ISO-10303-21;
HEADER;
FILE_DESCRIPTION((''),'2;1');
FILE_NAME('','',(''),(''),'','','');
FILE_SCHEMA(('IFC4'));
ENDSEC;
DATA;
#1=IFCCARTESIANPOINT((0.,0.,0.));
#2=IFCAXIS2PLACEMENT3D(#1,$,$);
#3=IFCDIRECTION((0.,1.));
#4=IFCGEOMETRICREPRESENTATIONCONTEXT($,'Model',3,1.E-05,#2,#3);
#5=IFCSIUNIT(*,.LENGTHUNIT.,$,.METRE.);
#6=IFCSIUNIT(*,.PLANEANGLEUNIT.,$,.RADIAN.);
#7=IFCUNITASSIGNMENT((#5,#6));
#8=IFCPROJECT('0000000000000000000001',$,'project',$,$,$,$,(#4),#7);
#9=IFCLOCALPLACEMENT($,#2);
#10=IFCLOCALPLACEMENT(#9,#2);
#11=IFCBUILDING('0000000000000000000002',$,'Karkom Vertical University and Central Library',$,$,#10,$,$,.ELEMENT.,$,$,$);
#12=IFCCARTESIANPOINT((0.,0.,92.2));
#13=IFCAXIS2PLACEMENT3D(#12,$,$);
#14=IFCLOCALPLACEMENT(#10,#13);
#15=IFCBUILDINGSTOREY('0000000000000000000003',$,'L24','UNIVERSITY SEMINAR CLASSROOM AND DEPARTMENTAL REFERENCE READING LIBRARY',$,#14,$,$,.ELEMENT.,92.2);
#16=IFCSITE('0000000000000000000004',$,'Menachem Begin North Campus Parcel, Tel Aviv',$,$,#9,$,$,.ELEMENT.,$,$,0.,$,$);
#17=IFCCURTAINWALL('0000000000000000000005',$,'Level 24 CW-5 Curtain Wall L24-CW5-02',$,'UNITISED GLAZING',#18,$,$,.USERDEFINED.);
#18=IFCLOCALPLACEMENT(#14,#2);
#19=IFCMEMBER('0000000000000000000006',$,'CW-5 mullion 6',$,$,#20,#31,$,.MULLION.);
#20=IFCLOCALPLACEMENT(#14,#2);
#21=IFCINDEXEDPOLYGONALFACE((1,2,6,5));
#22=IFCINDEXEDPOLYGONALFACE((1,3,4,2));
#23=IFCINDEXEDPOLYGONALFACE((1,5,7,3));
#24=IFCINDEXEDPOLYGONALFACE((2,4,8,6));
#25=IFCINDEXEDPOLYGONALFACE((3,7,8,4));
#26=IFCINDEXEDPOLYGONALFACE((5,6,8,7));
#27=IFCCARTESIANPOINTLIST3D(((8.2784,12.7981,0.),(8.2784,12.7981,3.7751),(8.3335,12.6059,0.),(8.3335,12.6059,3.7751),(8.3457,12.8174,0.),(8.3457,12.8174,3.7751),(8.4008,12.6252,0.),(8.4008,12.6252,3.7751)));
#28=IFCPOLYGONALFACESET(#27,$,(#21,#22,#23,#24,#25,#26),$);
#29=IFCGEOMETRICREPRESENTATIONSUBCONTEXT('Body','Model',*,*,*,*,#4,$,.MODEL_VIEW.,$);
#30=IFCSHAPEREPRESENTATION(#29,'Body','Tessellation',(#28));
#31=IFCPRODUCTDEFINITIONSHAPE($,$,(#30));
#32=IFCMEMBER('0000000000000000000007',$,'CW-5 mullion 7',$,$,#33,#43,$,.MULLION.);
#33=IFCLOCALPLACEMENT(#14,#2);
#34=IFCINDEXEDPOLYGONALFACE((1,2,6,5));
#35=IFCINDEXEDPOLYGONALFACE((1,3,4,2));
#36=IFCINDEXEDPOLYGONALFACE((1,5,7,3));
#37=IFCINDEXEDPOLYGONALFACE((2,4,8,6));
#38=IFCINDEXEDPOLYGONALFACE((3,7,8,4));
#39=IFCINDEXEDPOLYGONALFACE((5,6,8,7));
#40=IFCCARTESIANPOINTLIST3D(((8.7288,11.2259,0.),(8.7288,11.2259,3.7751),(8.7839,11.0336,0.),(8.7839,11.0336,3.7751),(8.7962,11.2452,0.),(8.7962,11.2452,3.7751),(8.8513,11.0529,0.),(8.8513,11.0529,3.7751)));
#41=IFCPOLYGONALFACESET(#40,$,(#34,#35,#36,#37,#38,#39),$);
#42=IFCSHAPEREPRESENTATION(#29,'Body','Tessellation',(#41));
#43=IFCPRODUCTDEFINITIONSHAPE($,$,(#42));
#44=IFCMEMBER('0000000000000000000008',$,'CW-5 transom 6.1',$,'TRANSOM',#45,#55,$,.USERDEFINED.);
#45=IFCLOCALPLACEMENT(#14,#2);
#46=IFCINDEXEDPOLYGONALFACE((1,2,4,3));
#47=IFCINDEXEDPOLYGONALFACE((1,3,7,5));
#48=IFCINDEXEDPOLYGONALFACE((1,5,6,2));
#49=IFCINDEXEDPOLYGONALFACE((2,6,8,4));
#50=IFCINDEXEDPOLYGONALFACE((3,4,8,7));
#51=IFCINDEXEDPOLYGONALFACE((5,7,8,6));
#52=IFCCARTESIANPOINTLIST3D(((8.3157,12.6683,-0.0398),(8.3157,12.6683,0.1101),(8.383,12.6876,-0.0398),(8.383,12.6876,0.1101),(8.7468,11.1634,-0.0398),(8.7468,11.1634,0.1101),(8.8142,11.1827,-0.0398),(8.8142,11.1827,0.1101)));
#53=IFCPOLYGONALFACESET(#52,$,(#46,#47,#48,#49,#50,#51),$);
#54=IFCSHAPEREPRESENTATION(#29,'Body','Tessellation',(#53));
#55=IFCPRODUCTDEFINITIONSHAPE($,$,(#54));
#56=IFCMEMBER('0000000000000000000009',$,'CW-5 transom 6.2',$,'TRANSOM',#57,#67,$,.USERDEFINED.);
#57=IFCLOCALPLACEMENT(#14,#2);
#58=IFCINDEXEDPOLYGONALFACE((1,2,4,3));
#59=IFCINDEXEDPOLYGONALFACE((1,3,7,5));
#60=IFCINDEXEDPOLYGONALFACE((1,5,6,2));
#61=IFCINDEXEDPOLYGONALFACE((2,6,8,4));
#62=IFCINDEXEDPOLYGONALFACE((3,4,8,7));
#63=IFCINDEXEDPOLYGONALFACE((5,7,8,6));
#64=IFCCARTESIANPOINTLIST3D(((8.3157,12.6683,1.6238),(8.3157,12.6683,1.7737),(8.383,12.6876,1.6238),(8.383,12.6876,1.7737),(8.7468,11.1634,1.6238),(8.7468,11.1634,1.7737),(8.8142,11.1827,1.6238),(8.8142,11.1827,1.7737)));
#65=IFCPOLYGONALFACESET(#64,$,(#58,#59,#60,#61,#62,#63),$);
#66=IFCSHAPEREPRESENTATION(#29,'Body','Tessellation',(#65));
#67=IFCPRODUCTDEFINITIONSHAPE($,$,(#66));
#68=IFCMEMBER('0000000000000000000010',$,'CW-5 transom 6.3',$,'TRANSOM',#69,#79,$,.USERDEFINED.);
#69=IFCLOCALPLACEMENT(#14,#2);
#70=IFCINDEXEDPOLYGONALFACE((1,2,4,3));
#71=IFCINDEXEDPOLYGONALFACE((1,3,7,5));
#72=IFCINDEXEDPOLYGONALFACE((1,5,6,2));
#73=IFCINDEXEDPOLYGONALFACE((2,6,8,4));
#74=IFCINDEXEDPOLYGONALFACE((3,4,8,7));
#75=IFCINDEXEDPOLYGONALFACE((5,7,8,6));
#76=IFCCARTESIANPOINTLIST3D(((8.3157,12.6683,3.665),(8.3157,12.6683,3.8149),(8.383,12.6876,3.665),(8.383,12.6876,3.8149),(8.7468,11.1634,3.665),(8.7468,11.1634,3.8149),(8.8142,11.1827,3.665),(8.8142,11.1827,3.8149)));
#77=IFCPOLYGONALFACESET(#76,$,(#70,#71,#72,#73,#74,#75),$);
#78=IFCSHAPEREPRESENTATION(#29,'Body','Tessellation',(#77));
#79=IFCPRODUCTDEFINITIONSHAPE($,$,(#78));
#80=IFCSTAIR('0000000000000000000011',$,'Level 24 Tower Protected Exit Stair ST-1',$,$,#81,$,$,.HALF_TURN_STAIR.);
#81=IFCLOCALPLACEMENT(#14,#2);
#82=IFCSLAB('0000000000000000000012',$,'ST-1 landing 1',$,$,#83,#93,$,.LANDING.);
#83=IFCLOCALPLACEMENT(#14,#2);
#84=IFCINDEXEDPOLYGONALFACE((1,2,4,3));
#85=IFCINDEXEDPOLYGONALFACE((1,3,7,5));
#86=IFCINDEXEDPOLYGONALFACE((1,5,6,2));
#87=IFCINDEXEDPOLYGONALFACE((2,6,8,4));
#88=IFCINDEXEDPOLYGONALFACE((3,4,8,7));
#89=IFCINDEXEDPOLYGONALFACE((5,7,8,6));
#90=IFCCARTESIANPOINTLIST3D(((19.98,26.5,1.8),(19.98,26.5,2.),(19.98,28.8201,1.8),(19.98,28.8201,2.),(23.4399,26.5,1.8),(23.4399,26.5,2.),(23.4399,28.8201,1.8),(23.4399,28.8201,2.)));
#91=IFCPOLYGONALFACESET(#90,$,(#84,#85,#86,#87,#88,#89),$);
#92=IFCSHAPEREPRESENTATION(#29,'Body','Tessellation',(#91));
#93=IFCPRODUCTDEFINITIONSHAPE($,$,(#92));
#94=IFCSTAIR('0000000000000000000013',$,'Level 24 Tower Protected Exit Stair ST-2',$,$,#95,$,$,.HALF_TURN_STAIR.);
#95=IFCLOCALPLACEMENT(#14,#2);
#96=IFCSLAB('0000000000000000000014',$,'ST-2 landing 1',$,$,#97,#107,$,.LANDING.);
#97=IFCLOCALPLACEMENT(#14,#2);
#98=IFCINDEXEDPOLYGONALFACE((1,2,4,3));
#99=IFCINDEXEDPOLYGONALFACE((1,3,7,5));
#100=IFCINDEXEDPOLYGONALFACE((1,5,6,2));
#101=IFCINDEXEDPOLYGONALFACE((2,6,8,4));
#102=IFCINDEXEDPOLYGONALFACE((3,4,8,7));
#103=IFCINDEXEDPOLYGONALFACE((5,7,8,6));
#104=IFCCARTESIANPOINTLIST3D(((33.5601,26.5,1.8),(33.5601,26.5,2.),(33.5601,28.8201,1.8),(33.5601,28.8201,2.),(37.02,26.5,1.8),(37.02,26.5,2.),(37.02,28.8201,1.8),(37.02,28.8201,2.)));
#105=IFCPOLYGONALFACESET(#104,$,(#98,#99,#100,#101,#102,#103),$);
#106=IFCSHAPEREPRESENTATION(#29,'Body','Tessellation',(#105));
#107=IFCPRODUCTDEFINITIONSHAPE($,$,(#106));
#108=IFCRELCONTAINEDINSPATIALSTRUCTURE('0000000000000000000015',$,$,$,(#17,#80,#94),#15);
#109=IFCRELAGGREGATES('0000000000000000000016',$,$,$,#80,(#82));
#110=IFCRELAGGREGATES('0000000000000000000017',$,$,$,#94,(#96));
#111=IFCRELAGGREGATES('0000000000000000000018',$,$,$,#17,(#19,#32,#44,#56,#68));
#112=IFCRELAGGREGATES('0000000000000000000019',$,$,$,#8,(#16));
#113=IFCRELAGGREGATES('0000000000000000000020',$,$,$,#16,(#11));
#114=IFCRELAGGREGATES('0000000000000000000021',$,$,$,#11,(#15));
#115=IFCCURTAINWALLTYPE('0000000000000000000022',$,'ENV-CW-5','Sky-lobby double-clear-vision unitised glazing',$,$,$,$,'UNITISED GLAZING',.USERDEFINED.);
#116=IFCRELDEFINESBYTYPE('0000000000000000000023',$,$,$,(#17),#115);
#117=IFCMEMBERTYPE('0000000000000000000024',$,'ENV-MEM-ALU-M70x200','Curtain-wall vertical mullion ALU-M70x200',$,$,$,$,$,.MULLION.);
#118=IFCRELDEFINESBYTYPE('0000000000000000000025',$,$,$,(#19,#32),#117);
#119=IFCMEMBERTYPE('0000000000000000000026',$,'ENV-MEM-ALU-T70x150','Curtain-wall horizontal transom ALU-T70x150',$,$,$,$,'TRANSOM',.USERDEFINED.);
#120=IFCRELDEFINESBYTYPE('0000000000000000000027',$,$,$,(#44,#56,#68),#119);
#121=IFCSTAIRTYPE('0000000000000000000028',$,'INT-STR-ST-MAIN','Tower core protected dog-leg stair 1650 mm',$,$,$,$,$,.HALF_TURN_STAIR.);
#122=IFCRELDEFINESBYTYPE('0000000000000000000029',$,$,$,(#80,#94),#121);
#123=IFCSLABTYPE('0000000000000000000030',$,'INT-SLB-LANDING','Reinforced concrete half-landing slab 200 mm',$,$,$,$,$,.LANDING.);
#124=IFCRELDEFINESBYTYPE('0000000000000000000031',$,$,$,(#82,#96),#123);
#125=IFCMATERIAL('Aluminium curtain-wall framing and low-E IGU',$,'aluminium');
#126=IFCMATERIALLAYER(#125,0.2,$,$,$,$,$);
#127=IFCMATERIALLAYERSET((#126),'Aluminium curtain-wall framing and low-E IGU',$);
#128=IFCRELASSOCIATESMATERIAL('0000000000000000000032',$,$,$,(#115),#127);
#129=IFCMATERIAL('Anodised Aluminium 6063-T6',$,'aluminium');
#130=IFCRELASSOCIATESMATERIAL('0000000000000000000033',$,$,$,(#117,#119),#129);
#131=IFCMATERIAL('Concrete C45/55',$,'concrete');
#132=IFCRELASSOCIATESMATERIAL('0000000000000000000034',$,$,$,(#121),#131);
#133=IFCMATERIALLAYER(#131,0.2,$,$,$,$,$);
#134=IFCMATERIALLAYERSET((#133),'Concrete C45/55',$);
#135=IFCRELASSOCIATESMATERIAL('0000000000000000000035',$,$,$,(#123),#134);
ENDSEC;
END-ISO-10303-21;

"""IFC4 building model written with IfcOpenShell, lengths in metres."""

from ifc_helpers import new_model, si_unit, direction, frame, origin, origin_with_axes, origin_2d, place, context, subcontext, project, spatial, polyline, rectangle, outline, extrude, source, transform, mapped, material, layer, layer_set, material_profile, profile_set, type_object, element, aggregate, save


model = new_model("IFC4")

# Units and contexts
model_context = context("Model", 3, precision=1e-05, world=origin(), true_north=direction((0.0, 1.0)))
body_context = subcontext(model_context, "Body", "Model", "MODEL_VIEW")
ifc_project = project(units=[si_unit("LENGTHUNIT", "METRE"), si_unit("PLANEANGLEUNIT", "RADIAN")], contexts=[model_context])

# Site, building, storey
site_placement = place(None, origin())
site = spatial("IfcSite", under=ifc_project, at=site_placement, Name="Menachem Begin North Campus Parcel, Tel Aviv", CompositionType="ELEMENT", RefElevation=0.0)
building_placement = place(site_placement, origin())
building = spatial("IfcBuilding", under=site, at=building_placement, Name="Karkom Vertical University and Central Library", CompositionType="ELEMENT")
storey_placement = place(building_placement, frame((0.0, 0.0, 92.2)))
storey = spatial("IfcBuildingStorey", under=building, at=storey_placement, Name="L24", Description="UNIVERSITY SEMINAR CLASSROOM AND DEPARTMENTAL REFERENCE READING LIBRARY", CompositionType="ELEMENT", Elevation=92.2)

# Curtain wall, members
ifc_material_1 = material(Name="Aluminium curtain-wall framing and low-E IGU", Category="aluminium")
ifc_layer_1 = layer(ifc_material_1, 0.2)
ifc_layer_set_1 = layer_set([ifc_layer_1], Name="Aluminium curtain-wall framing and low-E IGU")
curtain_wall_type = type_object("IfcCurtainWallType", Name="ENV-CW-5", Description="Sky-lobby double-clear-vision unitised glazing", ElementType="UNITISED GLAZING", PredefinedType="USERDEFINED", material=ifc_layer_set_1)
curtain_wall_placement = place(storey_placement, origin())
curtain_wall = element("IfcCurtainWall", 1, at=curtain_wall_placement, inside=storey, type_object=curtain_wall_type, Name="Level 24 CW-5 Curtain Wall L24-CW5-02", ObjectType="UNITISED GLAZING", PredefinedType="USERDEFINED")
ifc_material_2 = material(Name="Anodised Aluminium 6063-T6", Category="aluminium")
ifc_material_profile_1 = material_profile(ifc_material_2, rectangle(XDim=0.0701, YDim=0.2, at=origin_2d()), Name="ALU-M70x200")
ifc_profile_set_1 = profile_set([ifc_material_profile_1], Name="Anodised Aluminium 6063-T6")
member_type_1 = type_object("IfcMemberType", Name="ENV-MEM-ALU-M70x200", Description="Curtain-wall vertical mullion ALU-M70x200", PredefinedType="MULLION", material=ifc_profile_set_1)
shared_shape_1 = source(origin_with_axes(), body_context, "Body", "SweptSolid", [
    extrude(rectangle(XDim=0.0701, YDim=0.2, at=origin_2d()), origin(), (0.0, 0.0, 1.0), 3.7751),
])
member_1_placement = place(storey_placement, frame((8.3396, 12.7117, 0.0), z_axis=(0.0, 0.0, 1.0), x_axis=(0.961325, 0.275417, 0.0)))
member_1 = element("IfcMember", 2, at=member_1_placement, type_object=member_type_1, Name="CW-5 mullion 6", PredefinedType="MULLION", context=body_context, shape_type="MappedRepresentation", body=[
    mapped(shared_shape_1, transform((0.0, 0.0, 0.0), scale=1.0)),
])
member_2_placement = place(storey_placement, frame((8.79, 11.1394, 0.0), z_axis=(0.0, 0.0, 1.0), x_axis=(0.961325, 0.275417, 0.0)))
member_2 = element("IfcMember", 3, at=member_2_placement, type_object=member_type_1, Name="CW-5 mullion 7", PredefinedType="MULLION", context=body_context, shape_type="MappedRepresentation", body=[
    mapped(shared_shape_1, transform((0.0, 0.0, 0.0), scale=1.0)),
])
ifc_material_profile_2 = material_profile(ifc_material_2, rectangle(XDim=0.0701, YDim=0.1499, at=origin_2d()), Name="ALU-T70x150")
ifc_profile_set_2 = profile_set([ifc_material_profile_2], Name="Anodised Aluminium 6063-T6")
member_type_2 = type_object("IfcMemberType", Name="ENV-MEM-ALU-T70x150", Description="Curtain-wall horizontal transom ALU-T70x150", ElementType="TRANSOM", PredefinedType="USERDEFINED", material=ifc_profile_set_2)
shared_shape_2 = source(origin_with_axes(), body_context, "Body", "SweptSolid", [
    extrude(rectangle(XDim=0.0701, YDim=0.1499, at=origin_2d()), origin(), (0.0, 0.0, 1.0), 1.5654),
])
member_3_placement = place(storey_placement, frame((8.3494, 12.678, 0.0352), z_axis=(0.275421, -0.961324, 0.0), x_axis=(0.961324, 0.275421, 0.0)))
member_3 = element("IfcMember", 4, at=member_3_placement, type_object=member_type_2, Name="CW-5 transom 6.1", ObjectType="TRANSOM", PredefinedType="USERDEFINED", context=body_context, shape_type="MappedRepresentation", body=[
    mapped(shared_shape_2, transform((0.0, 0.0, 0.0), scale=1.0)),
])
member_4_placement = place(storey_placement, frame((8.3494, 12.678, 1.6987), z_axis=(0.275421, -0.961324, 0.0), x_axis=(0.961324, 0.275421, 0.0)))
member_4 = element("IfcMember", 5, at=member_4_placement, type_object=member_type_2, Name="CW-5 transom 6.2", ObjectType="TRANSOM", PredefinedType="USERDEFINED", context=body_context, shape_type="MappedRepresentation", body=[
    mapped(shared_shape_2, transform((0.0, 0.0, 0.0), scale=1.0)),
])
member_5_placement = place(storey_placement, frame((8.3494, 12.678, 3.74), z_axis=(0.275421, -0.961324, 0.0), x_axis=(0.961324, 0.275421, 0.0)))
member_5 = element("IfcMember", 6, at=member_5_placement, type_object=member_type_2, Name="CW-5 transom 6.3", ObjectType="TRANSOM", PredefinedType="USERDEFINED", context=body_context, shape_type="MappedRepresentation", body=[
    mapped(shared_shape_2, transform((0.0, 0.0, 0.0), scale=1.0)),
])

# Stairs, slabs
ifc_material_3 = material(Name="Concrete C45/55", Category="concrete")
stair_type = type_object("IfcStairType", Name="INT-STR-ST-MAIN", Description="Tower core protected dog-leg stair 1650 mm", PredefinedType="HALF_TURN_STAIR", material=ifc_material_3)
stair_1_placement = place(storey_placement, origin())
stair_1 = element("IfcStair", 7, at=stair_1_placement, inside=storey, type_object=stair_type, Name="Level 24 Tower Protected Exit Stair ST-1", PredefinedType="HALF_TURN_STAIR")
ifc_layer_2 = layer(ifc_material_3, 0.2)
ifc_layer_set_2 = layer_set([ifc_layer_2], Name="Concrete C45/55")
slab_type_1 = type_object("IfcSlabType", Name="INT-SLB-LANDING", Description="Reinforced concrete half-landing slab 200 mm", PredefinedType="LANDING", material=ifc_layer_set_2)
slab_1_placement = place(storey_placement, frame((0.0, 0.0, 1.8)))
slab_1 = element("IfcSlab", 8, at=slab_1_placement, type_object=slab_type_1, Name="ST-1 landing 1", PredefinedType="LANDING", context=body_context, shape_type="SweptSolid", body=[
    extrude(outline(polyline([(23.4399, 26.5), (23.4399, 28.8201), (19.98, 28.8201), (19.98, 26.5), (23.4399, 26.5)])), origin(), (0.0, 0.0, 1.0), 0.2),
])
aggregate(stair_1, [slab_1])
stair_2_placement = place(storey_placement, origin())
stair_2 = element("IfcStair", 9, at=stair_2_placement, inside=storey, type_object=stair_type, Name="Level 24 Tower Protected Exit Stair ST-2", PredefinedType="HALF_TURN_STAIR")
slab_2_placement = place(storey_placement, frame((0.0, 0.0, 1.8)))
slab_2 = element("IfcSlab", 10, at=slab_2_placement, type_object=slab_type_1, Name="ST-2 landing 1", PredefinedType="LANDING", context=body_context, shape_type="SweptSolid", body=[
    extrude(outline(polyline([(37.02, 26.5), (37.02, 28.8201), (33.5601, 28.8201), (33.5601, 26.5), (37.02, 26.5)])), origin(), (0.0, 0.0, 1.0), 0.2),
])
aggregate(stair_2, [slab_2])

aggregate(curtain_wall, [member_1, member_2, member_3, member_4, member_5])

save(model, "model.ifc")
